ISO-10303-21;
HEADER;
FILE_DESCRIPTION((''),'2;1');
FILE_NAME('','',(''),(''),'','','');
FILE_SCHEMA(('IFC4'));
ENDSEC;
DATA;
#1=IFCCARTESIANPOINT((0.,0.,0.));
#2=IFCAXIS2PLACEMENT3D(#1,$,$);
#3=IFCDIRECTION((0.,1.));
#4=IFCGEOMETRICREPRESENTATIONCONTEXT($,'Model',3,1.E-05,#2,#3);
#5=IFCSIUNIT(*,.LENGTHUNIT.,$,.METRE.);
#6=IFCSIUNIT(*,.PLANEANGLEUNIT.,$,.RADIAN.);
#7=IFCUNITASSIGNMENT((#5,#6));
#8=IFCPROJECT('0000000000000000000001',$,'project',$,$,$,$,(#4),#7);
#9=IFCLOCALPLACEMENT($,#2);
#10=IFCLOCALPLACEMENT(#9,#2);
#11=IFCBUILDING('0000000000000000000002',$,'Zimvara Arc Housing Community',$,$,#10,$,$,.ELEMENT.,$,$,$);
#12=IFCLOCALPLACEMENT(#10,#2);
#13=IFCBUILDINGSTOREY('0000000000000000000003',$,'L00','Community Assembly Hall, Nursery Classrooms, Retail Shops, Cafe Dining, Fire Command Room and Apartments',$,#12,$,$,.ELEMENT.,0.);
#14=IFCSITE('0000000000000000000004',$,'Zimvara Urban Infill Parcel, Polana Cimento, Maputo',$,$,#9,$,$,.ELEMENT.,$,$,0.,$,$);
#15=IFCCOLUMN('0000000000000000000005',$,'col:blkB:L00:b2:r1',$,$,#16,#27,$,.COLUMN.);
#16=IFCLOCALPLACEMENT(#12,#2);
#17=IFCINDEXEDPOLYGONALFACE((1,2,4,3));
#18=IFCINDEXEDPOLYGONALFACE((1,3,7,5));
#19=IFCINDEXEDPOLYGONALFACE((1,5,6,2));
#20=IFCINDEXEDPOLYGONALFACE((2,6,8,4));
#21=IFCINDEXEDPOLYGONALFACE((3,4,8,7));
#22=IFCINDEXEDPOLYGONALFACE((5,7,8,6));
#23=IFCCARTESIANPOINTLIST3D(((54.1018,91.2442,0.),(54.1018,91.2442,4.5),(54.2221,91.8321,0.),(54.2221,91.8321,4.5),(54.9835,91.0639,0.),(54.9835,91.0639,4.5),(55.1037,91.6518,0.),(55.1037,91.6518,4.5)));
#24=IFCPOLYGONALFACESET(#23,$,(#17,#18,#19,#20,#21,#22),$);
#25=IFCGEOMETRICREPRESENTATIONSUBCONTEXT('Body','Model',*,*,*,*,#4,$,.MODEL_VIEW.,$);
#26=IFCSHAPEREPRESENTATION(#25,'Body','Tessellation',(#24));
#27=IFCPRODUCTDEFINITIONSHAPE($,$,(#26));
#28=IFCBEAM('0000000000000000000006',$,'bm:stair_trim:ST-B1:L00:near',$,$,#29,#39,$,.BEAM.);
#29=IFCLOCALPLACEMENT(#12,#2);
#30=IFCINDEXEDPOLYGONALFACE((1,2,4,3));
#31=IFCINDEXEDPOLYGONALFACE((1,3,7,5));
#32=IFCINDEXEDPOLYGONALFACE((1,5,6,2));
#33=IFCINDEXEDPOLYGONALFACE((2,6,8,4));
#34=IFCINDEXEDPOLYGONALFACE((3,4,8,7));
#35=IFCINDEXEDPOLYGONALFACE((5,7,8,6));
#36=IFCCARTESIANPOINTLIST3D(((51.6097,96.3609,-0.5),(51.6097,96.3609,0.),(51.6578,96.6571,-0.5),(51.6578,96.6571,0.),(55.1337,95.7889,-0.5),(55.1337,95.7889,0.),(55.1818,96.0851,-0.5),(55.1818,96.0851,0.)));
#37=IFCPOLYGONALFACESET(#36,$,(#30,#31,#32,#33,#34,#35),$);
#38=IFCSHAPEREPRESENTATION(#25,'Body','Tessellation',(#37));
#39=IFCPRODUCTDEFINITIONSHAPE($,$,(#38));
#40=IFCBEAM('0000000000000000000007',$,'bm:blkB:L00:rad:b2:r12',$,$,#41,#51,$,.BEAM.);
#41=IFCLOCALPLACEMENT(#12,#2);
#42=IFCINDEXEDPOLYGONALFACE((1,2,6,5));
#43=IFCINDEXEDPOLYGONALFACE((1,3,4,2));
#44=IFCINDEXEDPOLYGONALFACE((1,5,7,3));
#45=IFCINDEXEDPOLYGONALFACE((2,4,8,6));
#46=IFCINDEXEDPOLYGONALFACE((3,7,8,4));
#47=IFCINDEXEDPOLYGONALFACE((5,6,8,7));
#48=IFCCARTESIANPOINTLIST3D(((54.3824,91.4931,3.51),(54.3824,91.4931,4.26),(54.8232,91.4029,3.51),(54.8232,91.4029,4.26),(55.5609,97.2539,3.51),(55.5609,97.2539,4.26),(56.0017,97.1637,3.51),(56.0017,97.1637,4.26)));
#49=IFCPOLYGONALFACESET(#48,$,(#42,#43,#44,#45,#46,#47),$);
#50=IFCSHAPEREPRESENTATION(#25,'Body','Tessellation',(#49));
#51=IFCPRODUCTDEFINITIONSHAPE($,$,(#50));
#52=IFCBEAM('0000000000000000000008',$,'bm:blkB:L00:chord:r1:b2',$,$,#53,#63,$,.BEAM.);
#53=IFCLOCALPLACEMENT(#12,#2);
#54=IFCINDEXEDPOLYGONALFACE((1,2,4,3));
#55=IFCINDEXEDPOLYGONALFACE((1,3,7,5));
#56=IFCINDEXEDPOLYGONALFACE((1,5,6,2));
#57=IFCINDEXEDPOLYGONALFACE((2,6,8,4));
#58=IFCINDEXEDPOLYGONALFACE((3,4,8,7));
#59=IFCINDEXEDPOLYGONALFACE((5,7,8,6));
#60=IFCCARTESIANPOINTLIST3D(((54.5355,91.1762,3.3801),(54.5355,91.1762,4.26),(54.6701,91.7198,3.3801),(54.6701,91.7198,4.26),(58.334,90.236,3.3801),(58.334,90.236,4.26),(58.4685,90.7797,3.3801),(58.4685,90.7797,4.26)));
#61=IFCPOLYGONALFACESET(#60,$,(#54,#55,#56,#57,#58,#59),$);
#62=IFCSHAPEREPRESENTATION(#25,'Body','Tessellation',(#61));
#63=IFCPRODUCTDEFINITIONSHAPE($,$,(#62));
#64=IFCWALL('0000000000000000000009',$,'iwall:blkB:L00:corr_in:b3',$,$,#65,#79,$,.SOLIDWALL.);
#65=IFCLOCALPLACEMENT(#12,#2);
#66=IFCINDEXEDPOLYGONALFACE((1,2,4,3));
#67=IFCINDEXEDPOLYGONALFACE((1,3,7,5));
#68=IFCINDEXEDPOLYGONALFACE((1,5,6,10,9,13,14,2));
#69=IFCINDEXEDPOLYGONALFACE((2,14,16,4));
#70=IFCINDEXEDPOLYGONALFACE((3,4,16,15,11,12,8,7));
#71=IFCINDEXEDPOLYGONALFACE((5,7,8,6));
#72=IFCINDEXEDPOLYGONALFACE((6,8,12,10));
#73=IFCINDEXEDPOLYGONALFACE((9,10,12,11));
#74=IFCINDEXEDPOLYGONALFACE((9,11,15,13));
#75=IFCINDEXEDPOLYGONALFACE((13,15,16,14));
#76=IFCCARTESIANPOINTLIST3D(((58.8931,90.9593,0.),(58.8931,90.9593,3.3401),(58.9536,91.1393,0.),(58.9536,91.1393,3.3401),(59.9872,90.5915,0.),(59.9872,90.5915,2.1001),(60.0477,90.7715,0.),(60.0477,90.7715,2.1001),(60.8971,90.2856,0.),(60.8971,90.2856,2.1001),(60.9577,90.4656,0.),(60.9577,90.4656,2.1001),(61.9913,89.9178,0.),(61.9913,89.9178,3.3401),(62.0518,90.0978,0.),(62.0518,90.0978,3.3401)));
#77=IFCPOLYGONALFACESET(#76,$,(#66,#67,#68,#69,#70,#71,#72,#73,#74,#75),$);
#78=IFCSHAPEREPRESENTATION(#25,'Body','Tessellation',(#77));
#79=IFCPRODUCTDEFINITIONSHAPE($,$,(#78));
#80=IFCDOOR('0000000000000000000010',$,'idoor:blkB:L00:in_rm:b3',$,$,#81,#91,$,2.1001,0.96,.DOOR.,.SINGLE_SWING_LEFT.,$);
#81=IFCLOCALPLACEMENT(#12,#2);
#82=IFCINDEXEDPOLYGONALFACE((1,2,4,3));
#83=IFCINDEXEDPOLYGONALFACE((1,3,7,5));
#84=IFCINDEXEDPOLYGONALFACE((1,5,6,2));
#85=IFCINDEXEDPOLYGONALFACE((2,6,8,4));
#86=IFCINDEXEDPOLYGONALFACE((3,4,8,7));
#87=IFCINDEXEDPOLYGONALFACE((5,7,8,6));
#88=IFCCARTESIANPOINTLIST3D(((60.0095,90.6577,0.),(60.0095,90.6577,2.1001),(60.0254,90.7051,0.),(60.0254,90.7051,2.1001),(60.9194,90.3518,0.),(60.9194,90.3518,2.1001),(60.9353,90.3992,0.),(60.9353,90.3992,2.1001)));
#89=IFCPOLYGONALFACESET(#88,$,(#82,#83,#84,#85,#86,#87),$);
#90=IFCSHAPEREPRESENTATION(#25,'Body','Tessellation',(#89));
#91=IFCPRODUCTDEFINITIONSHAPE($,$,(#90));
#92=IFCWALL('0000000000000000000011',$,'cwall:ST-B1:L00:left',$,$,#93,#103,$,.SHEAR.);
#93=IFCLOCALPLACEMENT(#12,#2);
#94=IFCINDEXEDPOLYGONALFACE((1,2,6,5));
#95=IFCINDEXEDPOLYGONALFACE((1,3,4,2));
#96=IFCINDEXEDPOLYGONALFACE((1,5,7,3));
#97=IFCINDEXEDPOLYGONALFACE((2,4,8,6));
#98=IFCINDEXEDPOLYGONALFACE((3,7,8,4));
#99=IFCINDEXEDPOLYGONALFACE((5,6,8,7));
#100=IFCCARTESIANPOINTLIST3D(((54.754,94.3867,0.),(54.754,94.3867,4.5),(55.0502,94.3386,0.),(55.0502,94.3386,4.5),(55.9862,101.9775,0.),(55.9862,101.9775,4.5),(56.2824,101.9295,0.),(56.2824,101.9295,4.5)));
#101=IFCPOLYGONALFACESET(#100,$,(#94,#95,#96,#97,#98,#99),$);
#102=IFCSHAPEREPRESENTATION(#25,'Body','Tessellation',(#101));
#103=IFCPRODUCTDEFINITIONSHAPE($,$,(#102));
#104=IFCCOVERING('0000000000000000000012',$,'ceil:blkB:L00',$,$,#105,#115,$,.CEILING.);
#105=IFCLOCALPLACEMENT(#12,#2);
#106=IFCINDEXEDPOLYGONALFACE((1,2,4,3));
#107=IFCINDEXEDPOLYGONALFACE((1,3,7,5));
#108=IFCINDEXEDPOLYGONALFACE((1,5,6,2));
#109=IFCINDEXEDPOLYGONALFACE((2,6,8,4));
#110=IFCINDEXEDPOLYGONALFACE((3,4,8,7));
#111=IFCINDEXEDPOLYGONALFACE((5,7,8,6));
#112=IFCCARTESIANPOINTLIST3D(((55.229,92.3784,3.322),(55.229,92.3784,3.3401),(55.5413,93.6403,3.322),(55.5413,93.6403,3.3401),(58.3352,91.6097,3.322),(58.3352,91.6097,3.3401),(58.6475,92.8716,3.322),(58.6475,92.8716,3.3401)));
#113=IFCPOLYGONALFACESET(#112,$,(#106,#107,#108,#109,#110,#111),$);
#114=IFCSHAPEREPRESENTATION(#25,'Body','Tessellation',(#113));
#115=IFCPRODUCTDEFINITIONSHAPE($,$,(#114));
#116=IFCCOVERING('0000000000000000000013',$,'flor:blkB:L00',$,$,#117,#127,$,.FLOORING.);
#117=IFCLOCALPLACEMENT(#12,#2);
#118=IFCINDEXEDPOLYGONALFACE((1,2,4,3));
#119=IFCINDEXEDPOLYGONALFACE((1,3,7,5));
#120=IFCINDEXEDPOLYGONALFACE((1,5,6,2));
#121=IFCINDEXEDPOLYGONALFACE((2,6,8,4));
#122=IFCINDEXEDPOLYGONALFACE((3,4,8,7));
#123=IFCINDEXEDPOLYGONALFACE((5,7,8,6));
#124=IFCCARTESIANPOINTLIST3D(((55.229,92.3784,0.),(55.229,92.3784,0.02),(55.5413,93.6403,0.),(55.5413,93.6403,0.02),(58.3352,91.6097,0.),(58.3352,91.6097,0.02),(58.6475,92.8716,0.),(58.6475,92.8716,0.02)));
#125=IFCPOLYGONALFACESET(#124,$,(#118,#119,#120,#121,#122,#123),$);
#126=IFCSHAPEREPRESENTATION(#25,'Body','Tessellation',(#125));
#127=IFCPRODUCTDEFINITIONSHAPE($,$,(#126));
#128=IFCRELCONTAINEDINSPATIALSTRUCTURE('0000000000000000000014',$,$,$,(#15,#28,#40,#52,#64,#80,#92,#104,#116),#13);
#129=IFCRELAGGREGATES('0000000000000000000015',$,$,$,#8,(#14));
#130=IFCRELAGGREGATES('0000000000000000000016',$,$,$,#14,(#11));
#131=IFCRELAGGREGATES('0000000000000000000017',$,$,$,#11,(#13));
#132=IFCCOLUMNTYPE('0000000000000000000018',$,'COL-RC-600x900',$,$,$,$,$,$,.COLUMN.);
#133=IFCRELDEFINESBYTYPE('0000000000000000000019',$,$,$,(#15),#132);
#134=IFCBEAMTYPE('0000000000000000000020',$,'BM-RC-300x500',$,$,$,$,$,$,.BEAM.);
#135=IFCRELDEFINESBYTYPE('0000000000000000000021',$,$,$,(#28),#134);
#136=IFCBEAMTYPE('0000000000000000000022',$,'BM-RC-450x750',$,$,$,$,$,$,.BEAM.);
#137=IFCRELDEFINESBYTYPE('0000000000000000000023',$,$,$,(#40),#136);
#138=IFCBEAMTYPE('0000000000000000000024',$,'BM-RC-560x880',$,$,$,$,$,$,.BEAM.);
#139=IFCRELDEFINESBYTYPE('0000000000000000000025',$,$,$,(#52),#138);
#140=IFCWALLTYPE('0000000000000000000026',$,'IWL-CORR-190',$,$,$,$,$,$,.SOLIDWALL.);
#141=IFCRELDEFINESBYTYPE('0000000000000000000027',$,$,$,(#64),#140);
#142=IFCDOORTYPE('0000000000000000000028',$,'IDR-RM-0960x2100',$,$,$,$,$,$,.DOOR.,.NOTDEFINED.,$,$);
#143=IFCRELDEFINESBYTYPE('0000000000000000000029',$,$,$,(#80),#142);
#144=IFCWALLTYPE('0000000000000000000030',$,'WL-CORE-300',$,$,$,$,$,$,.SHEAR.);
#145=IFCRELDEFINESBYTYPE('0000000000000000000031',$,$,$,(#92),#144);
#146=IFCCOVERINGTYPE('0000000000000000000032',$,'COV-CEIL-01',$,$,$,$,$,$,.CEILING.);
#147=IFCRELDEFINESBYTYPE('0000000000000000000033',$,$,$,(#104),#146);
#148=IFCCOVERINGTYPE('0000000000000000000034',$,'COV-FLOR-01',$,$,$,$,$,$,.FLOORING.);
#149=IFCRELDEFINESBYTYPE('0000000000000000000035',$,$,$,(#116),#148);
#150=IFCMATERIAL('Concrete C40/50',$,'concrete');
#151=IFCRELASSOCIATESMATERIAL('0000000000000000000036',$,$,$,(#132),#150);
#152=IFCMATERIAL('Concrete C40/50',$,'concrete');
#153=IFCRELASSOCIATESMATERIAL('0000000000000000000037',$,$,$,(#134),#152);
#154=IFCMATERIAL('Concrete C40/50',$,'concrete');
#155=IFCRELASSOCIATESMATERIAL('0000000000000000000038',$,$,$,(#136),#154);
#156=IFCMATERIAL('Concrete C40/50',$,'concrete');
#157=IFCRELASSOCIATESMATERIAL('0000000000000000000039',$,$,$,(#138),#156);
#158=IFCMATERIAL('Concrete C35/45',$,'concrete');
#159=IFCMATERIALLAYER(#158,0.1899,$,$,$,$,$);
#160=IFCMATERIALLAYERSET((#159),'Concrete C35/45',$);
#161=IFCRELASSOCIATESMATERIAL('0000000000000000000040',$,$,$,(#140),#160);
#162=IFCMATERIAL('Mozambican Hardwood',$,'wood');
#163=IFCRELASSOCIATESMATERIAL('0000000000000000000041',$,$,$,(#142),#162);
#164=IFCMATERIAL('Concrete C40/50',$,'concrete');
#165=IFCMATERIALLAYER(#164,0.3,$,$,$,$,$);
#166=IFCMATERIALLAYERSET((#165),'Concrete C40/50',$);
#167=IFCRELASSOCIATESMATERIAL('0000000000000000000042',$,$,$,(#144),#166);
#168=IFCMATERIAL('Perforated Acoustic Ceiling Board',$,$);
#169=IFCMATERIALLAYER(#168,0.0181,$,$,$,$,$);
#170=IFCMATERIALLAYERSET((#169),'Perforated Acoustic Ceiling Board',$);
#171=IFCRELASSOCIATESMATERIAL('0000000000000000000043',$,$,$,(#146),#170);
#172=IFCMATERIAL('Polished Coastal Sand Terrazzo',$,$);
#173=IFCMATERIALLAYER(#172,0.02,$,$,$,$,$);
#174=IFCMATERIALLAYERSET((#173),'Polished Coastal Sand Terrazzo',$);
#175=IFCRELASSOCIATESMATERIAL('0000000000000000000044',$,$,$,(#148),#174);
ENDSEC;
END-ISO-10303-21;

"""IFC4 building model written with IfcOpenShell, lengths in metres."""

from ifc_helpers import new_model, si_unit, direction, frame, frame_2d, origin, origin_2d, place, context, subcontext, project, spatial, rectangle, extrude, material, layer, layer_set, material_profile, profile_set, type_object, element, fill, save


model = new_model("IFC4")

# Units and contexts
model_context = context("Model", 3, precision=1e-05, world=origin(), true_north=direction((0.0, 1.0)))
body_context = subcontext(model_context, "Body", "Model", "MODEL_VIEW")
ifc_project = project(units=[si_unit("LENGTHUNIT", "METRE"), si_unit("PLANEANGLEUNIT", "RADIAN")], contexts=[model_context])

# Site, building, storey
site_placement = place(None, origin())
site = spatial("IfcSite", under=ifc_project, at=site_placement, Name="Zimvara Urban Infill Parcel, Polana Cimento, Maputo", CompositionType="ELEMENT", RefElevation=0.0)
building_placement = place(site_placement, origin())
building = spatial("IfcBuilding", under=site, at=building_placement, Name="Zimvara Arc Housing Community", CompositionType="ELEMENT")
storey_placement = place(building_placement, origin())
storey = spatial("IfcBuildingStorey", under=building, at=storey_placement, Name="L00", Description="Community Assembly Hall, Nursery Classrooms, Retail Shops, Cafe Dining, Fire Command Room and Apartments", CompositionType="ELEMENT", Elevation=0.0)

# Column
ifc_material_1 = material(Name="Concrete C40/50", Category="concrete")
ifc_material_profile_1 = material_profile(ifc_material_1, rectangle(XDim=0.6001, YDim=0.8999, at=origin_2d()), Name="RC 600x900")
ifc_profile_set_1 = profile_set([ifc_material_profile_1], Name="Concrete C40/50")
column_type = type_object("IfcColumnType", Name="COL-RC-600x900", PredefinedType="COLUMN", material=ifc_profile_set_1)
column_placement = place(storey_placement, frame((54.6028, 91.448, 0.0), z_axis=(0.0, 0.0, 1.0), x_axis=(0.200394, 0.979715, 0.0)))
element("IfcColumn", 1, at=column_placement, inside=storey, type_object=column_type, Name="col:blkB:L00:b2:r1", PredefinedType="COLUMN", context=body_context, shape_type="SweptSolid", body=[
    extrude(rectangle(XDim=0.6001, YDim=0.8999, at=origin_2d()), origin(), (0.0, 0.0, 1.0), 4.5),
])

# Beams
ifc_material_2 = material(Name="Concrete C40/50", Category="concrete")
ifc_material_profile_2 = material_profile(ifc_material_2, rectangle(XDim=0.3, YDim=0.5, at=origin_2d()), Name="RC 300x500")
ifc_profile_set_2 = profile_set([ifc_material_profile_2], Name="Concrete C40/50")
beam_type_1 = type_object("IfcBeamType", Name="BM-RC-300x500", PredefinedType="BEAM", material=ifc_profile_set_2)
beam_1_placement = place(storey_placement, frame((55.1577, 95.937, -0.25), z_axis=(-0.98708, 0.160228, 0.0), x_axis=(-0.160228, -0.98708, 0.0)))
element("IfcBeam", 2, at=beam_1_placement, inside=storey, type_object=beam_type_1, Name="bm:stair_trim:ST-B1:L00:near", PredefinedType="BEAM", context=body_context, shape_type="SweptSolid", body=[
    extrude(rectangle(XDim=0.3, YDim=0.5, at=origin_2d()), origin(), (0.0, 0.0, 1.0), 3.5701),
])
ifc_material_3 = material(Name="Concrete C40/50", Category="concrete")
ifc_material_profile_3 = material_profile(ifc_material_3, rectangle(XDim=0.45, YDim=0.75, at=origin_2d()), Name="RC 450x750")
ifc_profile_set_3 = profile_set([ifc_material_profile_3], Name="Concrete C40/50")
beam_type_2 = type_object("IfcBeamType", Name="BM-RC-450x750", PredefinedType="BEAM", material=ifc_profile_set_3)
beam_2_placement = place(storey_placement, frame((54.6028, 91.448, 3.885), z_axis=(0.200418, 0.97971, 0.0), x_axis=(-0.97971, 0.200418, 0.0)))
element("IfcBeam", 3, at=beam_2_placement, inside=storey, type_object=beam_type_2, Name="bm:blkB:L00:rad:b2:r12", PredefinedType="BEAM", context=body_context, shape_type="SweptSolid", body=[
    extrude(rectangle(XDim=0.45, YDim=0.75, at=origin_2d()), origin(), (0.0, 0.0, 1.0), 5.8801),
])
ifc_material_4 = material(Name="Concrete C40/50", Category="concrete")
ifc_material_profile_4 = material_profile(ifc_material_4, rectangle(XDim=0.5601, YDim=0.8799, at=origin_2d()), Name="RC 560x880")
ifc_profile_set_4 = profile_set([ifc_material_profile_4], Name="Concrete C40/50")
beam_type_3 = type_object("IfcBeamType", Name="BM-RC-560x880", PredefinedType="BEAM", material=ifc_profile_set_4)
beam_3_placement = place(storey_placement, frame((54.6028, 91.448, 3.8201), z_axis=(0.970709, -0.24026, 0.0), x_axis=(0.24026, 0.970709, 0.0)))
element("IfcBeam", 4, at=beam_3_placement, inside=storey, type_object=beam_type_3, Name="bm:blkB:L00:chord:r1:b2", PredefinedType="BEAM", context=body_context, shape_type="SweptSolid", body=[
    extrude(rectangle(XDim=0.5601, YDim=0.8799, at=origin_2d()), origin(), (0.0, 0.0, 1.0), 3.9131),
])

# Wall, opening, door
ifc_material_5 = material(Name="Concrete C35/45", Category="concrete")
ifc_layer_1 = layer(ifc_material_5, 0.1899)
ifc_layer_set_1 = layer_set([ifc_layer_1], Name="Concrete C35/45")
wall_type_1 = type_object("IfcWallType", Name="IWL-CORR-190", PredefinedType="SOLIDWALL", material=ifc_layer_set_1)
wall_1_placement = place(storey_placement, frame((58.9233, 91.0493, 0.0), z_axis=(0.0, 0.0, 1.0), x_axis=(0.947874, -0.318647, 0.0)))
wall_1 = element("IfcWall", 5, at=wall_1_placement, inside=storey, type_object=wall_type_1, Name="iwall:blkB:L00:corr_in:b3", PredefinedType="SOLIDWALL", context=body_context, shape_type="SweptSolid", body=[
    extrude(rectangle(XDim=3.2686, YDim=0.1899, at=frame_2d((1.6343, 0.0))), origin(), (0.0, 0.0, 1.0), 3.3401),
])
opening_1_placement = place(wall_1_placement, frame((1.1543, 0.0, 0.0)))
opening_1 = element("IfcOpeningElement", 6, at=opening_1_placement, cuts=wall_1, PredefinedType="OPENING", context=body_context, shape_type="SweptSolid", body=[
    extrude(rectangle(XDim=0.96, YDim=2.1001, at=frame_2d((0.48, 1.05))), frame((0.0, 0.105, 0.0), z_axis=(0.0, -1.0, 0.0), x_axis=(1.0, 0.0, 0.0)), (0.0, 0.0, 1.0), 0.21),
])
ifc_material_6 = material(Name="Mozambican Hardwood", Category="wood")
door_type_1 = type_object("IfcDoorType", Name="IDR-RM-0960x2100", OperationType="NOTDEFINED", PredefinedType="DOOR", material=ifc_material_6)
door_1_placement = place(opening_1_placement, origin())
door_1 = element("IfcDoor", 7, at=door_1_placement, inside=storey, type_object=door_type_1, Name="idoor:blkB:L00:in_rm:b3", OperationType="SINGLE_SWING_LEFT", OverallHeight=2.1001, OverallWidth=0.96, PredefinedType="DOOR", context=body_context, shape_type="SweptSolid", body=[
    extrude(rectangle(XDim=0.96, YDim=2.1001, at=frame_2d((0.48, 1.05))), frame((0.0, 0.0249, 0.0), z_axis=(0.0, -1.0, 0.0), x_axis=(1.0, 0.0, 0.0)), (0.0, 0.0, 1.0), 0.05),
])
fill(opening_1, door_1)

# Shared definitions
ifc_material_7 = material(Name="Concrete C40/50", Category="concrete")
ifc_layer_2 = layer(ifc_material_7, 0.3)
ifc_layer_set_2 = layer_set([ifc_layer_2], Name="Concrete C40/50")
wall_type_2 = type_object("IfcWallType", Name="WL-CORE-300", PredefinedType="SHEAR", material=ifc_layer_set_2)

# Wall
wall_2_placement = place(storey_placement, frame((54.9021, 94.3625, 0.0), z_axis=(0.0, 0.0, 1.0), x_axis=(0.160227, 0.98708, 0.0)))
element("IfcWall", 8, at=wall_2_placement, inside=storey, type_object=wall_type_2, Name="cwall:ST-B1:L00:left", PredefinedType="SHEAR", context=body_context, shape_type="SweptSolid", body=[
    extrude(rectangle(XDim=7.6902, YDim=0.3, at=frame_2d((3.8452, 0.0))), origin(), (0.0, 0.0, 1.0), 4.5),
])

# Coverings
ifc_material_8 = material(Name="Perforated Acoustic Ceiling Board")
ifc_layer_3 = layer(ifc_material_8, 0.0181)
ifc_layer_set_3 = layer_set([ifc_layer_3], Name="Perforated Acoustic Ceiling Board")
covering_type_1 = type_object("IfcCoveringType", Name="COV-CEIL-01", PredefinedType="CEILING", material=ifc_layer_set_3)
covering_1_placement = place(storey_placement, frame((56.9382, 92.625, 3.322), z_axis=(0.0, 0.0, 1.0), x_axis=(0.240228, 0.970716, 0.0)))
element("IfcCovering", 9, at=covering_1_placement, inside=storey, type_object=covering_type_1, Name="ceil:blkB:L00", PredefinedType="CEILING", context=body_context, shape_type="SweptSolid", body=[
    extrude(rectangle(XDim=1.3, YDim=3.2, at=origin_2d()), origin(), (0.0, 0.0, 1.0), 0.0181),
])
ifc_material_9 = material(Name="Polished Coastal Sand Terrazzo")
ifc_layer_4 = layer(ifc_material_9, 0.02)
ifc_layer_set_4 = layer_set([ifc_layer_4], Name="Polished Coastal Sand Terrazzo")
covering_type_2 = type_object("IfcCoveringType", Name="COV-FLOR-01", PredefinedType="FLOORING", material=ifc_layer_set_4)
covering_2_placement = place(storey_placement, frame((56.9382, 92.625, 0.0), z_axis=(0.0, 0.0, 1.0), x_axis=(0.240228, 0.970716, 0.0)))
element("IfcCovering", 10, at=covering_2_placement, inside=storey, type_object=covering_type_2, Name="flor:blkB:L00", PredefinedType="FLOORING", context=body_context, shape_type="SweptSolid", body=[
    extrude(rectangle(XDim=1.3, YDim=3.2, at=origin_2d()), origin(), (0.0, 0.0, 1.0), 0.02),
])

save(model, "model.ifc")
